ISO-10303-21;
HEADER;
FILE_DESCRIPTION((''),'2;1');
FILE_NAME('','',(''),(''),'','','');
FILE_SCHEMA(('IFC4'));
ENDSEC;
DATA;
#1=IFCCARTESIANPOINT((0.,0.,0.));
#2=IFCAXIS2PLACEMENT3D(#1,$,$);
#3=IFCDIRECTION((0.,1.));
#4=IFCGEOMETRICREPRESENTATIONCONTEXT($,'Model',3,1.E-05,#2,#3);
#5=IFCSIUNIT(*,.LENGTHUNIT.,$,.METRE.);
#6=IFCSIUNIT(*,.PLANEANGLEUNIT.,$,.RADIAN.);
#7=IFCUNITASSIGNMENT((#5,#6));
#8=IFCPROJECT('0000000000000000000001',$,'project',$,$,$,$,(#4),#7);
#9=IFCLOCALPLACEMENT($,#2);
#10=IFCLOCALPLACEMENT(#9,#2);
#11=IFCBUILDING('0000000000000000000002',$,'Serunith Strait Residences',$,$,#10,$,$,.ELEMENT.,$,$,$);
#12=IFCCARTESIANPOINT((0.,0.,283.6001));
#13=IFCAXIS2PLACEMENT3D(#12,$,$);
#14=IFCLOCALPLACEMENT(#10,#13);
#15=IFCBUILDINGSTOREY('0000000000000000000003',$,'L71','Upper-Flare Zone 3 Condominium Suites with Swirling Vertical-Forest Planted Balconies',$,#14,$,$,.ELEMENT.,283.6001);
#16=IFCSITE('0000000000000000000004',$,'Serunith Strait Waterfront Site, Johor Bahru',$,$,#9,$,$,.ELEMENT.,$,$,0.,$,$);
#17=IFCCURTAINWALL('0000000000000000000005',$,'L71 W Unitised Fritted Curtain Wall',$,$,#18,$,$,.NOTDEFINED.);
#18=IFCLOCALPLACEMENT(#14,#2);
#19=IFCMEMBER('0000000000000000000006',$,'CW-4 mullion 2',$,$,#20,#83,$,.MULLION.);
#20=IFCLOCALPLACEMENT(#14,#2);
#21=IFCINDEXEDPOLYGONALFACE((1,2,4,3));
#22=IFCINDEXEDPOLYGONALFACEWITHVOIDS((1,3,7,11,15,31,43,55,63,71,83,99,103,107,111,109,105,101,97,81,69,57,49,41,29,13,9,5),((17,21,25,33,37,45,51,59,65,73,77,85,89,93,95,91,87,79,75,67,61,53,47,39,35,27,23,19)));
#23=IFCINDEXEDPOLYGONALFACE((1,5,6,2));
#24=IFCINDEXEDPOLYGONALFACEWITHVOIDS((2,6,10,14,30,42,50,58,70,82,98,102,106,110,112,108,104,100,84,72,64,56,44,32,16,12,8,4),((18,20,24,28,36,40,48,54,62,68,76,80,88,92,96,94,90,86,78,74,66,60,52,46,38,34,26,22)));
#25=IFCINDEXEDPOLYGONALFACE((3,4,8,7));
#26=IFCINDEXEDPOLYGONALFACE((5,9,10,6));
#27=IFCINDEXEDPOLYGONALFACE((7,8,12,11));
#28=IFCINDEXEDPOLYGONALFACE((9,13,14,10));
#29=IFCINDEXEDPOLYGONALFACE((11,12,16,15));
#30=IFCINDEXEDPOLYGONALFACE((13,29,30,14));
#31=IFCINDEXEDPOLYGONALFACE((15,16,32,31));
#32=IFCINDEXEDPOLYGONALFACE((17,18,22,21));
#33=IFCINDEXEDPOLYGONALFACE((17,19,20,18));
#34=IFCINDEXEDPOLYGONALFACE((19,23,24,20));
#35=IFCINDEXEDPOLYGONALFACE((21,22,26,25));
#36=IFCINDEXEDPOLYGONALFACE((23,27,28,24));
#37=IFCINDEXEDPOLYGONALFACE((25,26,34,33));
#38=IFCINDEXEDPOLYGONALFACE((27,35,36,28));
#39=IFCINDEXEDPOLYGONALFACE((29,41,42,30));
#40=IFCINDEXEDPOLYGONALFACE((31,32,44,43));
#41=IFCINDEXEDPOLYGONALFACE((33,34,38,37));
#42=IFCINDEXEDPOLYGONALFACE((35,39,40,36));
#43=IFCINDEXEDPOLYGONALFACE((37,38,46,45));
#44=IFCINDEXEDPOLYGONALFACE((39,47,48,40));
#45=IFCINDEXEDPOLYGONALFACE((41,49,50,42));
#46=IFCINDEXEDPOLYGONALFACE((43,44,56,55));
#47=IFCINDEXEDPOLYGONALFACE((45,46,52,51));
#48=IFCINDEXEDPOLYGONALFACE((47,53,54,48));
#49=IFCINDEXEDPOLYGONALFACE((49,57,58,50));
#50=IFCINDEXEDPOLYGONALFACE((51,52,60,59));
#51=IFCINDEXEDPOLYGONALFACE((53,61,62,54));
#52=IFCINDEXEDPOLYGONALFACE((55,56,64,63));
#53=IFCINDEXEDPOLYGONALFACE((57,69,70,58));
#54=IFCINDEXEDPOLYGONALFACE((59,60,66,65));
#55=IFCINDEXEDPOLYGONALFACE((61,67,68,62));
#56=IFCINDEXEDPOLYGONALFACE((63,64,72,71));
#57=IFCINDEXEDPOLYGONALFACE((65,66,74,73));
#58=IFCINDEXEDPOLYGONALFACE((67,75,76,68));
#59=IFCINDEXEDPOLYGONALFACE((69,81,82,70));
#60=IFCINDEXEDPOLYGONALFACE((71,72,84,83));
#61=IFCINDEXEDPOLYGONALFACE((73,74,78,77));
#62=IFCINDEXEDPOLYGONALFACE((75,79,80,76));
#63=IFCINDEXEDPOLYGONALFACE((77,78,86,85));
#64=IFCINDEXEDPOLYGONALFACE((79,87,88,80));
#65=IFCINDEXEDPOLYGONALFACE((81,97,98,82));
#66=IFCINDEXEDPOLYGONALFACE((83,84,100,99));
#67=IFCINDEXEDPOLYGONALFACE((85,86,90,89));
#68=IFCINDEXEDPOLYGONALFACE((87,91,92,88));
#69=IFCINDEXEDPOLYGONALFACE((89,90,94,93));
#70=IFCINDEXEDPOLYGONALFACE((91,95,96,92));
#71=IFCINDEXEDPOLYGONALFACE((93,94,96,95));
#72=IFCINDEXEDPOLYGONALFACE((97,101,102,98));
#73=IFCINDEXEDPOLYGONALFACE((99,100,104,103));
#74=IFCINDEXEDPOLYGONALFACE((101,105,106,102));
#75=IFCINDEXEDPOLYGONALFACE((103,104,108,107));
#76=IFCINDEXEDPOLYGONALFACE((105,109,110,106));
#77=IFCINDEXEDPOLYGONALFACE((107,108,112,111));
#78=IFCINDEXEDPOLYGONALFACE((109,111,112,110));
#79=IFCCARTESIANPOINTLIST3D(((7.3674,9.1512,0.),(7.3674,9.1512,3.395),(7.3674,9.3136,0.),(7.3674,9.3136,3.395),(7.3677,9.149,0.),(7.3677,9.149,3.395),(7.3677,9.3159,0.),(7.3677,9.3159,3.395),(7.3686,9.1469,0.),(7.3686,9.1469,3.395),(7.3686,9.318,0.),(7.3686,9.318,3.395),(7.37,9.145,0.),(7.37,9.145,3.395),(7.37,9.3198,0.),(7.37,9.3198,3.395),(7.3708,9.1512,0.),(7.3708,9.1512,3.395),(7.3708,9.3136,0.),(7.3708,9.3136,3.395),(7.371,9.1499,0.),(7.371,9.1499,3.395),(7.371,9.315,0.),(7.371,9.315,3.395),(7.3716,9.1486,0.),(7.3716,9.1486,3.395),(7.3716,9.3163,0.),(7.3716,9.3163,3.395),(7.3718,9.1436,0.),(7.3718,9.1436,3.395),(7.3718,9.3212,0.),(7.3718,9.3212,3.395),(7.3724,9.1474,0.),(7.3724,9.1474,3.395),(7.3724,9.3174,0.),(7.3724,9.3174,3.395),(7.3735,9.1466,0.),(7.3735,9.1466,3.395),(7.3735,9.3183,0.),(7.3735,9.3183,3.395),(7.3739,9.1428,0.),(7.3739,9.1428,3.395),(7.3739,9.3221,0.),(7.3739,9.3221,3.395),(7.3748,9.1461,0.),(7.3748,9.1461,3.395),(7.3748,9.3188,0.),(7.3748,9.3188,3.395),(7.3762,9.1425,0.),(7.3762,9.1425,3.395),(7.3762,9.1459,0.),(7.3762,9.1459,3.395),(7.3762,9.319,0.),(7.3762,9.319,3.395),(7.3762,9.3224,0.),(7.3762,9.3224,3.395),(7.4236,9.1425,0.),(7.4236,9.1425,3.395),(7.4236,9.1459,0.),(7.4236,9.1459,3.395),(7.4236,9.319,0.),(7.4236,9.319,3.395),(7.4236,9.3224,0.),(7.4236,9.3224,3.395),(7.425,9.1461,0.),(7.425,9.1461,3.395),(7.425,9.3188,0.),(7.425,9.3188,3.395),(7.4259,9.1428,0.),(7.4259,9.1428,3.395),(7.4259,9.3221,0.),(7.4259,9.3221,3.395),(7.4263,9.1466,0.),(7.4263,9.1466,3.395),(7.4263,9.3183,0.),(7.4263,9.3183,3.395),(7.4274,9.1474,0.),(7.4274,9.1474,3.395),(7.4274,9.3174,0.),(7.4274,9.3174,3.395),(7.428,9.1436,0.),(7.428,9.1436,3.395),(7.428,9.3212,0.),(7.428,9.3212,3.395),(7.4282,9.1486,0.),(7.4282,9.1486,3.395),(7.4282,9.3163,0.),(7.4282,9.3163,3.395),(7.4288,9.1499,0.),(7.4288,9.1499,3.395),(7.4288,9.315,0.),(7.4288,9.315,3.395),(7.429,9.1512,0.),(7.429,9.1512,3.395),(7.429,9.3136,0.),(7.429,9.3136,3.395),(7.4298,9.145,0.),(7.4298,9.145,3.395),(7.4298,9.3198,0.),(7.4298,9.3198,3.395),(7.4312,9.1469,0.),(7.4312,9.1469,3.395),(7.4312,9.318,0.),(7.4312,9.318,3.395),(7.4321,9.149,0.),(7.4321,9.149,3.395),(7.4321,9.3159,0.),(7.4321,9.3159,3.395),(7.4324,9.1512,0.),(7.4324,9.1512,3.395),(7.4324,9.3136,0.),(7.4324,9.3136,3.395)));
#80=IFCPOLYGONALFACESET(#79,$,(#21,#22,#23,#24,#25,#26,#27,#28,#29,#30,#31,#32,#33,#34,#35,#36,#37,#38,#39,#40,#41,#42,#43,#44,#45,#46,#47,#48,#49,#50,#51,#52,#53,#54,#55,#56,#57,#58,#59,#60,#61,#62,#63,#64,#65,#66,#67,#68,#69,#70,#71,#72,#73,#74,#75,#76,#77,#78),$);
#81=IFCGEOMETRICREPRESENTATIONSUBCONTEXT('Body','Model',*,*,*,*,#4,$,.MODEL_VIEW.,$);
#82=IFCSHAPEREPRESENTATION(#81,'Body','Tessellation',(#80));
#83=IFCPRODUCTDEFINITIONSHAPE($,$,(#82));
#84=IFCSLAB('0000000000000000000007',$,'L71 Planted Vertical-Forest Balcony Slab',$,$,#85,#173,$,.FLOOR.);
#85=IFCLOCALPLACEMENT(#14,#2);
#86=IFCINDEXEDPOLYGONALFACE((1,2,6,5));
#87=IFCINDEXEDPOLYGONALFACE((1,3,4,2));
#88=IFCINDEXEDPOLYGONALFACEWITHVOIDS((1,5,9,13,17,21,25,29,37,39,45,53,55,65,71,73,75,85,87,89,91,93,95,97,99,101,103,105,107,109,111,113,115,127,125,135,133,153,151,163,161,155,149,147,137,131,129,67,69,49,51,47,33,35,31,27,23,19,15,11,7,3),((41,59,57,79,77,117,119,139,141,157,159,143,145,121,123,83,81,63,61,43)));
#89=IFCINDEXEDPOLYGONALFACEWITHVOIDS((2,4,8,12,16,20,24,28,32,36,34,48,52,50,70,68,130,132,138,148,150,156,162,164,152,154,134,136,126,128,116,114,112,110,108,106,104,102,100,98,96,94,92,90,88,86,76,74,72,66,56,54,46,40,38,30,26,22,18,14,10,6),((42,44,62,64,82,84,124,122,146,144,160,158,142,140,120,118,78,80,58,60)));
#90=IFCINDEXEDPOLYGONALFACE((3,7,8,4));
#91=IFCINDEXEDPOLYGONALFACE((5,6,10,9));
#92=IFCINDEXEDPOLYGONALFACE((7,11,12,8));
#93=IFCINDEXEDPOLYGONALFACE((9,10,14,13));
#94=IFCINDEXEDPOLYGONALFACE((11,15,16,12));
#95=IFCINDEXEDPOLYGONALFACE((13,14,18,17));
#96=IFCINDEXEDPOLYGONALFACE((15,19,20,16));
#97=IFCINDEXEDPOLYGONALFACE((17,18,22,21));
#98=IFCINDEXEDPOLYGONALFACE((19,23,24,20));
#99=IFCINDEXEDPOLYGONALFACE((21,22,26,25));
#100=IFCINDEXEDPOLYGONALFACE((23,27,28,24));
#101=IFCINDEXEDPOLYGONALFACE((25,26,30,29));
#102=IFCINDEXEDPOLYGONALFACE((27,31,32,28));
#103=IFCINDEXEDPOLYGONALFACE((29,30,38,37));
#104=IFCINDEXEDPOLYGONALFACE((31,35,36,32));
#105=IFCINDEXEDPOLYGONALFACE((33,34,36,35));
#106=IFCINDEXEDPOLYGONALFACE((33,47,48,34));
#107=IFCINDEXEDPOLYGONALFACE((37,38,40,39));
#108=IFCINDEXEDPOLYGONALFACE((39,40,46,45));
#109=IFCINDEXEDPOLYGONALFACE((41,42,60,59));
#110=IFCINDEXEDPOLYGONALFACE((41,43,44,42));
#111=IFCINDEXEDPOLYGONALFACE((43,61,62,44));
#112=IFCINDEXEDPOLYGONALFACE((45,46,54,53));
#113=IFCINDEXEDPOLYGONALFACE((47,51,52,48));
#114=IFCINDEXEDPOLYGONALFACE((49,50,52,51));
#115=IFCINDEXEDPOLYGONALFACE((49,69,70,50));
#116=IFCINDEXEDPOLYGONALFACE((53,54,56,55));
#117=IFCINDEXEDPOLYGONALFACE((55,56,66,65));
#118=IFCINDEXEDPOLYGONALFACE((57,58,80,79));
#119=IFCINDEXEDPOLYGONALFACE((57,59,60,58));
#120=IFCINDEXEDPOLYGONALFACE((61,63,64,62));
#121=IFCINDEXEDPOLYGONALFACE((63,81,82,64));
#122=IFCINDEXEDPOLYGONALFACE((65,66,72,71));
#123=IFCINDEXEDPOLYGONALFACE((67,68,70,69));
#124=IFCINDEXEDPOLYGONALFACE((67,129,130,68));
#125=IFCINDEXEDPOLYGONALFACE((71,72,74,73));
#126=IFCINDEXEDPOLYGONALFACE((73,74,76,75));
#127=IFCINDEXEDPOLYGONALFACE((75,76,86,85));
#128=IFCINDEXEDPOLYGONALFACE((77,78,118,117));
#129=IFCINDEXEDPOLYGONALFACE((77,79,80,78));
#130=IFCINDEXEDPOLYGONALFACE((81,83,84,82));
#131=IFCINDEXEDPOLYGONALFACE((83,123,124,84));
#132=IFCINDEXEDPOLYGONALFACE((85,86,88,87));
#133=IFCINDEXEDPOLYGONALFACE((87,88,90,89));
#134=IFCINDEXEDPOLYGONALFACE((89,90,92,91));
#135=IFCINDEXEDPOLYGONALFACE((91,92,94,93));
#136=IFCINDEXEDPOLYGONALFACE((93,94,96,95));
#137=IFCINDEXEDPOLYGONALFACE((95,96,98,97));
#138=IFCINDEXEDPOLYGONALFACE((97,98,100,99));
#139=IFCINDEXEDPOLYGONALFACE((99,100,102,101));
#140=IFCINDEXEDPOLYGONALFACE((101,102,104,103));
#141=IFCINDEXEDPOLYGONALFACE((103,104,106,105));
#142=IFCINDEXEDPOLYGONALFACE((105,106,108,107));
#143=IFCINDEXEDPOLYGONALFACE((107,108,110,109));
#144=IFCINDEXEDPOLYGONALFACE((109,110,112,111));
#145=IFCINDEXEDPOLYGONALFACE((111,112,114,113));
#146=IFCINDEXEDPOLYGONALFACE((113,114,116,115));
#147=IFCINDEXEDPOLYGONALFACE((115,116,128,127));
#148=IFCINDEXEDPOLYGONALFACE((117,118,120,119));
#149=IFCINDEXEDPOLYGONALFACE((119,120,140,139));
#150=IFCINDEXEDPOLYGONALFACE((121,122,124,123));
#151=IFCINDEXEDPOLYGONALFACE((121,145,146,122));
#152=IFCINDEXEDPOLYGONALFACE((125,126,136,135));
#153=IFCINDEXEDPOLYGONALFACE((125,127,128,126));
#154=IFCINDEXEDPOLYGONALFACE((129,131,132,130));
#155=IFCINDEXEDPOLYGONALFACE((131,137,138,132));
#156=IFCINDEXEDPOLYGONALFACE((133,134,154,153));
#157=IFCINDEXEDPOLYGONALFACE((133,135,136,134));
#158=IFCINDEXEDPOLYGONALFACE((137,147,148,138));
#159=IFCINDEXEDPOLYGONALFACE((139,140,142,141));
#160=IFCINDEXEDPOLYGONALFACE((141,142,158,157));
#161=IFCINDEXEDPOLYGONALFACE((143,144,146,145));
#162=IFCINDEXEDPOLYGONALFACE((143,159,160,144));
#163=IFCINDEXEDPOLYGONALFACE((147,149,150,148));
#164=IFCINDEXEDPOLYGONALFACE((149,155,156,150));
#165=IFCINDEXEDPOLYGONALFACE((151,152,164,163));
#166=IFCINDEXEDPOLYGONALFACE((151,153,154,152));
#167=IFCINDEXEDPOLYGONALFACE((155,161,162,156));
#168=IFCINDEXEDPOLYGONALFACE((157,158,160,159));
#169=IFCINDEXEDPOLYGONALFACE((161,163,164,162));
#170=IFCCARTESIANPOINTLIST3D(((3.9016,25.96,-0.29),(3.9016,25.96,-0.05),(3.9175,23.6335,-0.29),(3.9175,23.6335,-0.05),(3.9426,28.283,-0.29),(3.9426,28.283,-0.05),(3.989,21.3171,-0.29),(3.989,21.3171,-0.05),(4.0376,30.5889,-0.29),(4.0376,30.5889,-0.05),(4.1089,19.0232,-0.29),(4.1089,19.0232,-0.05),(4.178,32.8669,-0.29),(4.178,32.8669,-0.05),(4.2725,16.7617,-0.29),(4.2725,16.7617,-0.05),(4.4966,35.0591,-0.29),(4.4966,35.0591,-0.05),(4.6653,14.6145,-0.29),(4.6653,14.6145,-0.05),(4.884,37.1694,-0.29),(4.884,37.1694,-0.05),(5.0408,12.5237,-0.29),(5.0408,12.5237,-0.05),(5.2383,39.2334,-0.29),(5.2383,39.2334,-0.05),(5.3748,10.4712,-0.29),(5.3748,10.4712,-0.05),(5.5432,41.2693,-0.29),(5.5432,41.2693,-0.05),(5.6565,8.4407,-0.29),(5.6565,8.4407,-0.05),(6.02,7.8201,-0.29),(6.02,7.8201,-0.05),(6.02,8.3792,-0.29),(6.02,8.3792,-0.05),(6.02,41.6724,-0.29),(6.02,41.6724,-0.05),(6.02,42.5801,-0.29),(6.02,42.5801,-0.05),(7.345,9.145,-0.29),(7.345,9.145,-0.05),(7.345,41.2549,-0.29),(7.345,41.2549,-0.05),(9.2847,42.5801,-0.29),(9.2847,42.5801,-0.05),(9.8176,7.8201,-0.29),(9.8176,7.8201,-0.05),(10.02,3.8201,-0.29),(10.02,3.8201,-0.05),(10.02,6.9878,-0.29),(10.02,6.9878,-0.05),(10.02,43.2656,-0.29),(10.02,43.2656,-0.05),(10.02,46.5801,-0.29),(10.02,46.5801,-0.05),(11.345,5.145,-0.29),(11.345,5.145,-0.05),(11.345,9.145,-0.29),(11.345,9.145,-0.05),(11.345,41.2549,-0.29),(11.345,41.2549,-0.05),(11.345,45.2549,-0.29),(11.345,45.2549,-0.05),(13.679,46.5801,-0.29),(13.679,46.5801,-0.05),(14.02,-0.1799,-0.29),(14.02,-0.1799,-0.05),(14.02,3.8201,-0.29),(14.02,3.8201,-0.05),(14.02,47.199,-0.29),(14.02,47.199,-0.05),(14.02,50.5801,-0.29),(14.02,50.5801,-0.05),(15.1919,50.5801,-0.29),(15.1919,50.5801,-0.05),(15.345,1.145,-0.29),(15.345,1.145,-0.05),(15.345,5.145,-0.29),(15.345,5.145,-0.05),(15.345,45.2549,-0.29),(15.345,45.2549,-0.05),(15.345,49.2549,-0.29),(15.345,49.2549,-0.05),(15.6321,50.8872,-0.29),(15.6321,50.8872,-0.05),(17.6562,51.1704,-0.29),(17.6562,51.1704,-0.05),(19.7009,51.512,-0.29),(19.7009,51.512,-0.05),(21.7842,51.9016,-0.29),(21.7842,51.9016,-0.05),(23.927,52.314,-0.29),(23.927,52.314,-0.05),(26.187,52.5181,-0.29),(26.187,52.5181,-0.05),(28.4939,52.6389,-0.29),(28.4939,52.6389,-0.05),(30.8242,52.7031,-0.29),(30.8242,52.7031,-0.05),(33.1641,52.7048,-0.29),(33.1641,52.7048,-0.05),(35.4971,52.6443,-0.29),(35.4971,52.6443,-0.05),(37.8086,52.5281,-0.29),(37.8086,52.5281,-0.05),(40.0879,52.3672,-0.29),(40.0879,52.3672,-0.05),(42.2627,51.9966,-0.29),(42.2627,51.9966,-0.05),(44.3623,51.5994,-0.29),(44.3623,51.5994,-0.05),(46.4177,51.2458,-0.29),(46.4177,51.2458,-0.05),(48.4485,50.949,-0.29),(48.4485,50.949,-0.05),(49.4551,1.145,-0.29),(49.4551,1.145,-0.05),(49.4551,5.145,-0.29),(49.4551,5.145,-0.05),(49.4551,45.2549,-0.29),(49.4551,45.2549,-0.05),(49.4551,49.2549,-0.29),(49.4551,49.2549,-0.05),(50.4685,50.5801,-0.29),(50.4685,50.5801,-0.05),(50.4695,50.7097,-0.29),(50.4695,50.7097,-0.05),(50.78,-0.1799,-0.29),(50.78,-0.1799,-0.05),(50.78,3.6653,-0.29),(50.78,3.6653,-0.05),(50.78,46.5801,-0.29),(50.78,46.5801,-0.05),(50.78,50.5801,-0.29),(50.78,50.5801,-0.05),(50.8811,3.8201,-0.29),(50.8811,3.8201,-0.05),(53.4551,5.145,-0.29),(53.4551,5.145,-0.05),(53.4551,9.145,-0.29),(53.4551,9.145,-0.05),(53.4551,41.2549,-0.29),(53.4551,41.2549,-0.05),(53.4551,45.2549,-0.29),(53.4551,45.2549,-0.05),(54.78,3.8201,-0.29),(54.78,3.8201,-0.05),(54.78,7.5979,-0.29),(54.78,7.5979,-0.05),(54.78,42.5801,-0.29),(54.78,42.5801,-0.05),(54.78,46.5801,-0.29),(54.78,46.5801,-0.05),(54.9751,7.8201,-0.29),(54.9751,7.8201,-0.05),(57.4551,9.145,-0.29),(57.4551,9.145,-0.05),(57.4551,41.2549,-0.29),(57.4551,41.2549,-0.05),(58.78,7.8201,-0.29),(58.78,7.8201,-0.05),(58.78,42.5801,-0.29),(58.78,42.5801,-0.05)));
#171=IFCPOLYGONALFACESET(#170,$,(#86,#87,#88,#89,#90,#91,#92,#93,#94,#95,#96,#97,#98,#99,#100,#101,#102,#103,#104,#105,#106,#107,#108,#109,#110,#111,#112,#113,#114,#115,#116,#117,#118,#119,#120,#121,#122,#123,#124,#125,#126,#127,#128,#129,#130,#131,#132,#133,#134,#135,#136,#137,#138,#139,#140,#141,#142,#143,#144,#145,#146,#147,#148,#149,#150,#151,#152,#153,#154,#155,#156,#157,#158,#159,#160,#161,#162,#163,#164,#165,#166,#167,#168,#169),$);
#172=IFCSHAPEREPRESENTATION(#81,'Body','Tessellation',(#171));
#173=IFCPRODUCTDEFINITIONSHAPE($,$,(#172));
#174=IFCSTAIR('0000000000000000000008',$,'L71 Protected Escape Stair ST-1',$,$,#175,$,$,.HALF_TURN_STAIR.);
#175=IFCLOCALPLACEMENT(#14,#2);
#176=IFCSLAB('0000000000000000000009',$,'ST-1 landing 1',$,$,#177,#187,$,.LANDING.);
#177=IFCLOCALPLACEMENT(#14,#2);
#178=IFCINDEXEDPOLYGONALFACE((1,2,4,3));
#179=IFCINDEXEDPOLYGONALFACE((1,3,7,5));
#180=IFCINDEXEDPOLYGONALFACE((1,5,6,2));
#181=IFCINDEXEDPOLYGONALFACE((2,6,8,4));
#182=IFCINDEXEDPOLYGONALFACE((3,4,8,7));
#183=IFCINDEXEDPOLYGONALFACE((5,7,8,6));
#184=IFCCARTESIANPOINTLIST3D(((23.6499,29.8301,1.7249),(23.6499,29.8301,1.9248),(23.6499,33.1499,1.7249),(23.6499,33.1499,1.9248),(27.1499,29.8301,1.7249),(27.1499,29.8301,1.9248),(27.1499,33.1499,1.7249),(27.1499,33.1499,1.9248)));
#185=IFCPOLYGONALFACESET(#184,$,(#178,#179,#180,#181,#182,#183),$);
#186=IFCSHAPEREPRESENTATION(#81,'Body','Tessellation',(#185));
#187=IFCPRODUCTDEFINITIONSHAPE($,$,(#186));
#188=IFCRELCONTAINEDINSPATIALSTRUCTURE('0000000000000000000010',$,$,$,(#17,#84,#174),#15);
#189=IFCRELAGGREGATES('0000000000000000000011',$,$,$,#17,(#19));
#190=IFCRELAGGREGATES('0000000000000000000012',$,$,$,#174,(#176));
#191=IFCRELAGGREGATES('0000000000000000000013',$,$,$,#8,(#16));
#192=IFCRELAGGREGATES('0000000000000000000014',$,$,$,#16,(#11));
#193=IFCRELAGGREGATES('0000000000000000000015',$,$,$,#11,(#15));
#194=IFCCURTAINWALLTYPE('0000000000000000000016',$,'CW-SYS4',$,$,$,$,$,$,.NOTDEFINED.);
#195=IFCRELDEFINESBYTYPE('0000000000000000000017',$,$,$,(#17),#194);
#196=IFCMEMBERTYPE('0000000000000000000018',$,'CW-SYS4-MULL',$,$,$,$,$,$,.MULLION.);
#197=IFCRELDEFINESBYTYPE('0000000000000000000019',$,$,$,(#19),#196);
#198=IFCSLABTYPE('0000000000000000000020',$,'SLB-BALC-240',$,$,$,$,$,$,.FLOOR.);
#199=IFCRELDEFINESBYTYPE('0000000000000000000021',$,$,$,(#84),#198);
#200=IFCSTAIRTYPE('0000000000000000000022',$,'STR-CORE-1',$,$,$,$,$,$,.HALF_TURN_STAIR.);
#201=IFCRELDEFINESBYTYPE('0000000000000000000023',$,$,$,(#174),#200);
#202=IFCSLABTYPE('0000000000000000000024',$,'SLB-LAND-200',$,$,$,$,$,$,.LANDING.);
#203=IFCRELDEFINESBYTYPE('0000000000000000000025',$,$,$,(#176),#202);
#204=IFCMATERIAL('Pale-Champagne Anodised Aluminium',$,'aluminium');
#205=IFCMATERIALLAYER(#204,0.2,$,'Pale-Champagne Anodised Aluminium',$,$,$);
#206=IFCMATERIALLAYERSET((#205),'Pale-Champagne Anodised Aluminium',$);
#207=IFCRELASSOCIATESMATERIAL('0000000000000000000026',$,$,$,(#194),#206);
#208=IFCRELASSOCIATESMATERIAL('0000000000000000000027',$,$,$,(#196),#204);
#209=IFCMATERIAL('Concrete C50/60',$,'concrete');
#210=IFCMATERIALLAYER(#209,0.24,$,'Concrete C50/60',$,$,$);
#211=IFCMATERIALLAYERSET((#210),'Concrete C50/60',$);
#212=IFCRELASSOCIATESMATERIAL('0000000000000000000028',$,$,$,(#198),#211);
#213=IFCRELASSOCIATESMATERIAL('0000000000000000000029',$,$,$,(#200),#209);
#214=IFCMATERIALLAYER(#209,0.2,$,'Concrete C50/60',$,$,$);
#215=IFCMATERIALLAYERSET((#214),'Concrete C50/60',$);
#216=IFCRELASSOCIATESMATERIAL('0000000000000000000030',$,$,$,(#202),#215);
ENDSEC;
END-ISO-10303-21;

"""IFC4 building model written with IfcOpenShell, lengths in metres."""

from ifc_helpers import new_model, si_unit, direction, frame, origin, origin_2d, place, context, subcontext, project, spatial, polyline, hollow_rectangle, outline, extrude, source, transform, mapped, material, layer, layer_set, material_profile, profile_set, type_object, element, aggregate, save


model = new_model("IFC4")

# Units and contexts
model_context = context("Model", 3, precision=1e-05, world=origin(), true_north=direction((0.0, 1.0)))
body_context = subcontext(model_context, "Body", "Model", "MODEL_VIEW")
ifc_project = project(units=[si_unit("LENGTHUNIT", "METRE"), si_unit("PLANEANGLEUNIT", "RADIAN")], contexts=[model_context])

# Site, building, storey
site_placement = place(None, origin())
site = spatial("IfcSite", under=ifc_project, at=site_placement, Name="Serunith Strait Waterfront Site, Johor Bahru", CompositionType="ELEMENT", RefElevation=0.0)
building_placement = place(site_placement, origin())
building = spatial("IfcBuilding", under=site, at=building_placement, Name="Serunith Strait Residences", CompositionType="ELEMENT")
storey_placement = place(building_placement, frame((0.0, 0.0, 283.6001)))
storey = spatial("IfcBuildingStorey", under=building, at=storey_placement, Name="L71", Description="Upper-Flare Zone 3 Condominium Suites with Swirling Vertical-Forest Planted Balconies", CompositionType="ELEMENT", Elevation=283.6001)

# Shared definitions
ifc_material_1 = material(Name="Pale-Champagne Anodised Aluminium", Category="aluminium")
ifc_layer_1 = layer(ifc_material_1, 0.2, Name="Pale-Champagne Anodised Aluminium")
ifc_layer_set_1 = layer_set([ifc_layer_1], Name="Pale-Champagne Anodised Aluminium")
curtain_wall_type = type_object("IfcCurtainWallType", Name="CW-SYS4", PredefinedType="NOTDEFINED", material=ifc_layer_set_1)
ifc_material_profile_1 = material_profile(ifc_material_1, hollow_rectangle(XDim=0.0649, YDim=0.1799, WallThickness=0.0034, InnerFilletRadius=0.0054, OuterFilletRadius=0.0088, at=origin_2d()), Name="ALU 180x65x3.5")
ifc_profile_set_1 = profile_set([ifc_material_profile_1], Name="Pale-Champagne Anodised Aluminium")
member_type_1 = type_object("IfcMemberType", Name="CW-SYS4-MULL", PredefinedType="MULLION", material=ifc_profile_set_1)
shared_shape_1 = source(origin(), body_context, "Body", "SweptSolid", [
    extrude(hollow_rectangle(XDim=0.0649, YDim=0.1799, WallThickness=0.0034, InnerFilletRadius=0.0054, OuterFilletRadius=0.0088, at=origin_2d()), origin(), (0.0, 0.0, 1.0), 3.395),
])

# Curtain wall, member
curtain_wall_1_placement = place(storey_placement, origin())
curtain_wall_1 = element("IfcCurtainWall", 1, at=curtain_wall_1_placement, inside=storey, type_object=curtain_wall_type, Name="L71 W Unitised Fritted Curtain Wall", PredefinedType="NOTDEFINED")
member_1_placement = place(storey_placement, frame((7.3999, 9.2324, 0.0), z_axis=(0.0, 0.0, 1.0), x_axis=(1.0, 0.0, 0.0)))
member_1 = element("IfcMember", 2, at=member_1_placement, type_object=member_type_1, Name="CW-4 mullion 2", PredefinedType="MULLION", context=body_context, shape_type="MappedRepresentation", body=[
    mapped(shared_shape_1, transform((0.0, 0.0, 0.0), scale=1.0)),
])
aggregate(curtain_wall_1, [member_1])

# Slab
ifc_material_2 = material(Name="Concrete C50/60", Category="concrete")
ifc_layer_2 = layer(ifc_material_2, 0.24, Name="Concrete C50/60")
ifc_layer_set_2 = layer_set([ifc_layer_2], Name="Concrete C50/60")
slab_type_1 = type_object("IfcSlabType", Name="SLB-BALC-240", PredefinedType="FLOOR", material=ifc_layer_set_2)
slab_1_placement = place(storey_placement, frame((0.0, 0.0, -0.29)))
element("IfcSlab", 3, at=slab_1_placement, inside=storey, type_object=slab_type_1, Name="L71 Planted Vertical-Forest Balcony Slab", PredefinedType="FLOOR", context=body_context, shape_type="SweptSolid", body=[
    extrude(outline(polyline([(6.02, 7.8201), (6.02, 8.3792), (5.6565, 8.4407), (5.3748, 10.4712), (5.0408, 12.5237), (4.6653, 14.6145), (4.2725, 16.7617), (4.1089, 19.0232), (3.989, 21.3171), (3.9175, 23.6335), (3.9016, 25.96), (3.9426, 28.283), (4.0376, 30.5889), (4.178, 32.8669), (4.4966, 35.0591), (4.884, 37.1694), (5.2383, 39.2334), (5.5432, 41.2693), (6.02, 41.6724), (6.02, 42.5801), (9.2847, 42.5801), (10.02, 43.2656), (10.02, 46.5801), (13.679, 46.5801), (14.02, 47.199), (14.02, 50.5801), (15.1919, 50.5801), (15.6321, 50.8872), (17.6562, 51.1704), (19.7009, 51.512), (21.7842, 51.9016), (23.927, 52.314), (26.187, 52.5181), (28.4939, 52.6389), (30.8242, 52.7031), (33.1641, 52.7048), (35.4971, 52.6443), (37.8086, 52.5281), (40.0879, 52.3672), (42.2627, 51.9966), (44.3623, 51.5994), (46.4177, 51.2458), (48.4485, 50.949), (50.4695, 50.7097), (50.4685, 50.5801), (50.78, 50.5801), (50.78, 46.5801), (54.78, 46.5801), (54.78, 42.5801), (58.78, 42.5801), (58.78, 7.8201), (54.9751, 7.8201), (54.78, 7.5979), (54.78, 3.8201), (50.8811, 3.8201), (50.78, 3.6653), (50.78, -0.1799), (14.02, -0.1799), (14.02, 3.8201), (10.02, 3.8201), (10.02, 6.9878), (9.8176, 7.8201), (6.02, 7.8201)]), holes=[polyline([(49.4551, 1.145), (49.4551, 5.145), (53.4551, 5.145), (53.4551, 9.145), (57.4551, 9.145), (57.4551, 41.2549), (53.4551, 41.2549), (53.4551, 45.2549), (49.4551, 45.2549), (49.4551, 49.2549), (15.345, 49.2549), (15.345, 45.2549), (11.345, 45.2549), (11.345, 41.2549), (7.345, 41.2549), (7.345, 9.145), (11.345, 9.145), (11.345, 5.145), (15.345, 5.145), (15.345, 1.145), (49.4551, 1.145)])]), origin(), (0.0, 0.0, 1.0), 0.24),
])

# Stair, slab
stair_type_1 = type_object("IfcStairType", Name="STR-CORE-1", PredefinedType="HALF_TURN_STAIR", material=ifc_material_2)
stair_1_placement = place(storey_placement, origin())
stair_1 = element("IfcStair", 4, at=stair_1_placement, inside=storey, type_object=stair_type_1, Name="L71 Protected Escape Stair ST-1", PredefinedType="HALF_TURN_STAIR")
ifc_layer_3 = layer(ifc_material_2, 0.2, Name="Concrete C50/60")
ifc_layer_set_3 = layer_set([ifc_layer_3], Name="Concrete C50/60")
slab_type_2 = type_object("IfcSlabType", Name="SLB-LAND-200", PredefinedType="LANDING", material=ifc_layer_set_3)
slab_2_placement = place(storey_placement, frame((0.0, 0.0, 1.7249)))
slab_2 = element("IfcSlab", 5, at=slab_2_placement, type_object=slab_type_2, Name="ST-1 landing 1", PredefinedType="LANDING", context=body_context, shape_type="SweptSolid", body=[
    extrude(outline(polyline([(27.1499, 29.8301), (27.1499, 33.1499), (23.6499, 33.1499), (23.6499, 29.8301), (27.1499, 29.8301)])), origin(), (0.0, 0.0, 1.0), 0.2),
])
aggregate(stair_1, [slab_2])

save(model, "model.ifc")
